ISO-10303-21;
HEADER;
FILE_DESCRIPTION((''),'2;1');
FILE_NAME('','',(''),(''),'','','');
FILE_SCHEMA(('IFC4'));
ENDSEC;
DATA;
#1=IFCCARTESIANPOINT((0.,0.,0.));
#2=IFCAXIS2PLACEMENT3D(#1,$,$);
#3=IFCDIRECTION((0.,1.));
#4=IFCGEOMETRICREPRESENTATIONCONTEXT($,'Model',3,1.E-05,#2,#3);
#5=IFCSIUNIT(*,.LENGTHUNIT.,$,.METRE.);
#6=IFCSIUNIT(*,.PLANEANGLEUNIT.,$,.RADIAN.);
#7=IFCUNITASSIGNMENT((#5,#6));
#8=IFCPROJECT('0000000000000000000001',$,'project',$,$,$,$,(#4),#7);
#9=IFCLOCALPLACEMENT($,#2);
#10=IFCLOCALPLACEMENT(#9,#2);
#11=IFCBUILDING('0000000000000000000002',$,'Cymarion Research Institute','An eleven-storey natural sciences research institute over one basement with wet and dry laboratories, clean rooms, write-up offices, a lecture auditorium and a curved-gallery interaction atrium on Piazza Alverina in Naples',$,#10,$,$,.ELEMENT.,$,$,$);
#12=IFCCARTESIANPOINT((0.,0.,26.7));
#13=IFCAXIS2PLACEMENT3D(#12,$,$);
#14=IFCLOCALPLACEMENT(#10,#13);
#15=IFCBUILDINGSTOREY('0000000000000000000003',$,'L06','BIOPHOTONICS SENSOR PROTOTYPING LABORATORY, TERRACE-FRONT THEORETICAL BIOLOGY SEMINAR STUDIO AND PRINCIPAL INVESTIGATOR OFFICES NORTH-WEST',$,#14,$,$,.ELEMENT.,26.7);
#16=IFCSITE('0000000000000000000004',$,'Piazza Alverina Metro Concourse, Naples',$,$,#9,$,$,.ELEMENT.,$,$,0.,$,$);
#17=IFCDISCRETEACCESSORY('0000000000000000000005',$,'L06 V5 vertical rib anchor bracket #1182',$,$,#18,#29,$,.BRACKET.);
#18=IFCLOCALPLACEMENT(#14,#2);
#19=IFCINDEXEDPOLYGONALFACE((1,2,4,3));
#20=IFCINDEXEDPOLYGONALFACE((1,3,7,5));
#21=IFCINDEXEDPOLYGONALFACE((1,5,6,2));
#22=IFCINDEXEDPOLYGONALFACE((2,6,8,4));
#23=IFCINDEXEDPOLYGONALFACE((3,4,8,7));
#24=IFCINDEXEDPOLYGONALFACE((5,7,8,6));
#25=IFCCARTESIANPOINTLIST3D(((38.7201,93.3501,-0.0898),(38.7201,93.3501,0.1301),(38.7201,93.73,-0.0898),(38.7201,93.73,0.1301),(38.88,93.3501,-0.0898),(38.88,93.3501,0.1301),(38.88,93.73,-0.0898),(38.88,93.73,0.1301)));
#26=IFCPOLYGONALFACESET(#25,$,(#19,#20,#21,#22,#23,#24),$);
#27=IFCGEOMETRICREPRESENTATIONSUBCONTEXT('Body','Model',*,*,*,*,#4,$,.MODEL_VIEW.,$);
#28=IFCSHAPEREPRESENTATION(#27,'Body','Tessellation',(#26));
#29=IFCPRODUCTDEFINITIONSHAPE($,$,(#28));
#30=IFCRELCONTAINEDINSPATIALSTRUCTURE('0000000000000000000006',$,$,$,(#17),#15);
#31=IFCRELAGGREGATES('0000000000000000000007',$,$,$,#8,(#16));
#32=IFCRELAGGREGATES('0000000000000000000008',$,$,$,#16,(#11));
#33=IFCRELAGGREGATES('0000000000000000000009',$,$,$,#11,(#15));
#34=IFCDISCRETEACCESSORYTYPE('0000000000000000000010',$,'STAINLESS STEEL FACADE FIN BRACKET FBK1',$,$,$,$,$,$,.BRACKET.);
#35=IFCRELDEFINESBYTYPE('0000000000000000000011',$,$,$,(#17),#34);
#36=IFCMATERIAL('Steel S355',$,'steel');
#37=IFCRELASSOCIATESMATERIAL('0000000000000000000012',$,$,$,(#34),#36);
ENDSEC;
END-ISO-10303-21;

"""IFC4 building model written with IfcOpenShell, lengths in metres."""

from ifc_helpers import new_model, si_unit, direction, frame, origin, origin_2d, place, context, subcontext, project, spatial, rectangle, extrude, material, type_object, element, save


model = new_model("IFC4")

# Units and contexts
model_context = context("Model", 3, precision=1e-05, world=origin(), true_north=direction((0.0, 1.0)))
body_context = subcontext(model_context, "Body", "Model", "MODEL_VIEW")
ifc_project = project(units=[si_unit("LENGTHUNIT", "METRE"), si_unit("PLANEANGLEUNIT", "RADIAN")], contexts=[model_context])

# Site, building, storey
site_placement = place(None, origin())
site = spatial("IfcSite", under=ifc_project, at=site_placement, Name="Piazza Alverina Metro Concourse, Naples", CompositionType="ELEMENT", RefElevation=0.0)
building_placement = place(site_placement, origin())
building = spatial("IfcBuilding", under=site, at=building_placement, Name="Cymarion Research Institute", Description="An eleven-storey natural sciences research institute over one basement with wet and dry laboratories, clean rooms, write-up offices, a lecture auditorium and a curved-gallery interaction atrium on Piazza Alverina in Naples", CompositionType="ELEMENT")
storey_placement = place(building_placement, frame((0.0, 0.0, 26.7)))
storey = spatial("IfcBuildingStorey", under=building, at=storey_placement, Name="L06", Description="BIOPHOTONICS SENSOR PROTOTYPING LABORATORY, TERRACE-FRONT THEORETICAL BIOLOGY SEMINAR STUDIO AND PRINCIPAL INVESTIGATOR OFFICES NORTH-WEST", CompositionType="ELEMENT", Elevation=26.7)

# Shared definitions
ifc_material_1 = material(Name="Steel S355", Category="steel")

# Discrete accessory
discrete_accessory_type = type_object("IfcDiscreteAccessoryType", Name="STAINLESS STEEL FACADE FIN BRACKET FBK1", PredefinedType="BRACKET", material=ifc_material_1)
for number, where, z_axis, x_axis, name in (
    (1, (38.8, 93.54, -0.0898), (0.0, 0.0, 1.0), (0.0, -1.0, 0.0), "L06 V5 vertical rib anchor bracket #1182"),
):
    element("IfcDiscreteAccessory", number, at=place(storey_placement, frame(where, z_axis=z_axis, x_axis=x_axis)), inside=storey, type_object=discrete_accessory_type, Name=name, PredefinedType="BRACKET", context=body_context, shape_type="SweptSolid", body=[
        extrude(rectangle(XDim=0.3799, YDim=0.1599, at=origin_2d()), origin(), (0.0, 0.0, 1.0), 0.22),
    ])

save(model, "model.ifc")
